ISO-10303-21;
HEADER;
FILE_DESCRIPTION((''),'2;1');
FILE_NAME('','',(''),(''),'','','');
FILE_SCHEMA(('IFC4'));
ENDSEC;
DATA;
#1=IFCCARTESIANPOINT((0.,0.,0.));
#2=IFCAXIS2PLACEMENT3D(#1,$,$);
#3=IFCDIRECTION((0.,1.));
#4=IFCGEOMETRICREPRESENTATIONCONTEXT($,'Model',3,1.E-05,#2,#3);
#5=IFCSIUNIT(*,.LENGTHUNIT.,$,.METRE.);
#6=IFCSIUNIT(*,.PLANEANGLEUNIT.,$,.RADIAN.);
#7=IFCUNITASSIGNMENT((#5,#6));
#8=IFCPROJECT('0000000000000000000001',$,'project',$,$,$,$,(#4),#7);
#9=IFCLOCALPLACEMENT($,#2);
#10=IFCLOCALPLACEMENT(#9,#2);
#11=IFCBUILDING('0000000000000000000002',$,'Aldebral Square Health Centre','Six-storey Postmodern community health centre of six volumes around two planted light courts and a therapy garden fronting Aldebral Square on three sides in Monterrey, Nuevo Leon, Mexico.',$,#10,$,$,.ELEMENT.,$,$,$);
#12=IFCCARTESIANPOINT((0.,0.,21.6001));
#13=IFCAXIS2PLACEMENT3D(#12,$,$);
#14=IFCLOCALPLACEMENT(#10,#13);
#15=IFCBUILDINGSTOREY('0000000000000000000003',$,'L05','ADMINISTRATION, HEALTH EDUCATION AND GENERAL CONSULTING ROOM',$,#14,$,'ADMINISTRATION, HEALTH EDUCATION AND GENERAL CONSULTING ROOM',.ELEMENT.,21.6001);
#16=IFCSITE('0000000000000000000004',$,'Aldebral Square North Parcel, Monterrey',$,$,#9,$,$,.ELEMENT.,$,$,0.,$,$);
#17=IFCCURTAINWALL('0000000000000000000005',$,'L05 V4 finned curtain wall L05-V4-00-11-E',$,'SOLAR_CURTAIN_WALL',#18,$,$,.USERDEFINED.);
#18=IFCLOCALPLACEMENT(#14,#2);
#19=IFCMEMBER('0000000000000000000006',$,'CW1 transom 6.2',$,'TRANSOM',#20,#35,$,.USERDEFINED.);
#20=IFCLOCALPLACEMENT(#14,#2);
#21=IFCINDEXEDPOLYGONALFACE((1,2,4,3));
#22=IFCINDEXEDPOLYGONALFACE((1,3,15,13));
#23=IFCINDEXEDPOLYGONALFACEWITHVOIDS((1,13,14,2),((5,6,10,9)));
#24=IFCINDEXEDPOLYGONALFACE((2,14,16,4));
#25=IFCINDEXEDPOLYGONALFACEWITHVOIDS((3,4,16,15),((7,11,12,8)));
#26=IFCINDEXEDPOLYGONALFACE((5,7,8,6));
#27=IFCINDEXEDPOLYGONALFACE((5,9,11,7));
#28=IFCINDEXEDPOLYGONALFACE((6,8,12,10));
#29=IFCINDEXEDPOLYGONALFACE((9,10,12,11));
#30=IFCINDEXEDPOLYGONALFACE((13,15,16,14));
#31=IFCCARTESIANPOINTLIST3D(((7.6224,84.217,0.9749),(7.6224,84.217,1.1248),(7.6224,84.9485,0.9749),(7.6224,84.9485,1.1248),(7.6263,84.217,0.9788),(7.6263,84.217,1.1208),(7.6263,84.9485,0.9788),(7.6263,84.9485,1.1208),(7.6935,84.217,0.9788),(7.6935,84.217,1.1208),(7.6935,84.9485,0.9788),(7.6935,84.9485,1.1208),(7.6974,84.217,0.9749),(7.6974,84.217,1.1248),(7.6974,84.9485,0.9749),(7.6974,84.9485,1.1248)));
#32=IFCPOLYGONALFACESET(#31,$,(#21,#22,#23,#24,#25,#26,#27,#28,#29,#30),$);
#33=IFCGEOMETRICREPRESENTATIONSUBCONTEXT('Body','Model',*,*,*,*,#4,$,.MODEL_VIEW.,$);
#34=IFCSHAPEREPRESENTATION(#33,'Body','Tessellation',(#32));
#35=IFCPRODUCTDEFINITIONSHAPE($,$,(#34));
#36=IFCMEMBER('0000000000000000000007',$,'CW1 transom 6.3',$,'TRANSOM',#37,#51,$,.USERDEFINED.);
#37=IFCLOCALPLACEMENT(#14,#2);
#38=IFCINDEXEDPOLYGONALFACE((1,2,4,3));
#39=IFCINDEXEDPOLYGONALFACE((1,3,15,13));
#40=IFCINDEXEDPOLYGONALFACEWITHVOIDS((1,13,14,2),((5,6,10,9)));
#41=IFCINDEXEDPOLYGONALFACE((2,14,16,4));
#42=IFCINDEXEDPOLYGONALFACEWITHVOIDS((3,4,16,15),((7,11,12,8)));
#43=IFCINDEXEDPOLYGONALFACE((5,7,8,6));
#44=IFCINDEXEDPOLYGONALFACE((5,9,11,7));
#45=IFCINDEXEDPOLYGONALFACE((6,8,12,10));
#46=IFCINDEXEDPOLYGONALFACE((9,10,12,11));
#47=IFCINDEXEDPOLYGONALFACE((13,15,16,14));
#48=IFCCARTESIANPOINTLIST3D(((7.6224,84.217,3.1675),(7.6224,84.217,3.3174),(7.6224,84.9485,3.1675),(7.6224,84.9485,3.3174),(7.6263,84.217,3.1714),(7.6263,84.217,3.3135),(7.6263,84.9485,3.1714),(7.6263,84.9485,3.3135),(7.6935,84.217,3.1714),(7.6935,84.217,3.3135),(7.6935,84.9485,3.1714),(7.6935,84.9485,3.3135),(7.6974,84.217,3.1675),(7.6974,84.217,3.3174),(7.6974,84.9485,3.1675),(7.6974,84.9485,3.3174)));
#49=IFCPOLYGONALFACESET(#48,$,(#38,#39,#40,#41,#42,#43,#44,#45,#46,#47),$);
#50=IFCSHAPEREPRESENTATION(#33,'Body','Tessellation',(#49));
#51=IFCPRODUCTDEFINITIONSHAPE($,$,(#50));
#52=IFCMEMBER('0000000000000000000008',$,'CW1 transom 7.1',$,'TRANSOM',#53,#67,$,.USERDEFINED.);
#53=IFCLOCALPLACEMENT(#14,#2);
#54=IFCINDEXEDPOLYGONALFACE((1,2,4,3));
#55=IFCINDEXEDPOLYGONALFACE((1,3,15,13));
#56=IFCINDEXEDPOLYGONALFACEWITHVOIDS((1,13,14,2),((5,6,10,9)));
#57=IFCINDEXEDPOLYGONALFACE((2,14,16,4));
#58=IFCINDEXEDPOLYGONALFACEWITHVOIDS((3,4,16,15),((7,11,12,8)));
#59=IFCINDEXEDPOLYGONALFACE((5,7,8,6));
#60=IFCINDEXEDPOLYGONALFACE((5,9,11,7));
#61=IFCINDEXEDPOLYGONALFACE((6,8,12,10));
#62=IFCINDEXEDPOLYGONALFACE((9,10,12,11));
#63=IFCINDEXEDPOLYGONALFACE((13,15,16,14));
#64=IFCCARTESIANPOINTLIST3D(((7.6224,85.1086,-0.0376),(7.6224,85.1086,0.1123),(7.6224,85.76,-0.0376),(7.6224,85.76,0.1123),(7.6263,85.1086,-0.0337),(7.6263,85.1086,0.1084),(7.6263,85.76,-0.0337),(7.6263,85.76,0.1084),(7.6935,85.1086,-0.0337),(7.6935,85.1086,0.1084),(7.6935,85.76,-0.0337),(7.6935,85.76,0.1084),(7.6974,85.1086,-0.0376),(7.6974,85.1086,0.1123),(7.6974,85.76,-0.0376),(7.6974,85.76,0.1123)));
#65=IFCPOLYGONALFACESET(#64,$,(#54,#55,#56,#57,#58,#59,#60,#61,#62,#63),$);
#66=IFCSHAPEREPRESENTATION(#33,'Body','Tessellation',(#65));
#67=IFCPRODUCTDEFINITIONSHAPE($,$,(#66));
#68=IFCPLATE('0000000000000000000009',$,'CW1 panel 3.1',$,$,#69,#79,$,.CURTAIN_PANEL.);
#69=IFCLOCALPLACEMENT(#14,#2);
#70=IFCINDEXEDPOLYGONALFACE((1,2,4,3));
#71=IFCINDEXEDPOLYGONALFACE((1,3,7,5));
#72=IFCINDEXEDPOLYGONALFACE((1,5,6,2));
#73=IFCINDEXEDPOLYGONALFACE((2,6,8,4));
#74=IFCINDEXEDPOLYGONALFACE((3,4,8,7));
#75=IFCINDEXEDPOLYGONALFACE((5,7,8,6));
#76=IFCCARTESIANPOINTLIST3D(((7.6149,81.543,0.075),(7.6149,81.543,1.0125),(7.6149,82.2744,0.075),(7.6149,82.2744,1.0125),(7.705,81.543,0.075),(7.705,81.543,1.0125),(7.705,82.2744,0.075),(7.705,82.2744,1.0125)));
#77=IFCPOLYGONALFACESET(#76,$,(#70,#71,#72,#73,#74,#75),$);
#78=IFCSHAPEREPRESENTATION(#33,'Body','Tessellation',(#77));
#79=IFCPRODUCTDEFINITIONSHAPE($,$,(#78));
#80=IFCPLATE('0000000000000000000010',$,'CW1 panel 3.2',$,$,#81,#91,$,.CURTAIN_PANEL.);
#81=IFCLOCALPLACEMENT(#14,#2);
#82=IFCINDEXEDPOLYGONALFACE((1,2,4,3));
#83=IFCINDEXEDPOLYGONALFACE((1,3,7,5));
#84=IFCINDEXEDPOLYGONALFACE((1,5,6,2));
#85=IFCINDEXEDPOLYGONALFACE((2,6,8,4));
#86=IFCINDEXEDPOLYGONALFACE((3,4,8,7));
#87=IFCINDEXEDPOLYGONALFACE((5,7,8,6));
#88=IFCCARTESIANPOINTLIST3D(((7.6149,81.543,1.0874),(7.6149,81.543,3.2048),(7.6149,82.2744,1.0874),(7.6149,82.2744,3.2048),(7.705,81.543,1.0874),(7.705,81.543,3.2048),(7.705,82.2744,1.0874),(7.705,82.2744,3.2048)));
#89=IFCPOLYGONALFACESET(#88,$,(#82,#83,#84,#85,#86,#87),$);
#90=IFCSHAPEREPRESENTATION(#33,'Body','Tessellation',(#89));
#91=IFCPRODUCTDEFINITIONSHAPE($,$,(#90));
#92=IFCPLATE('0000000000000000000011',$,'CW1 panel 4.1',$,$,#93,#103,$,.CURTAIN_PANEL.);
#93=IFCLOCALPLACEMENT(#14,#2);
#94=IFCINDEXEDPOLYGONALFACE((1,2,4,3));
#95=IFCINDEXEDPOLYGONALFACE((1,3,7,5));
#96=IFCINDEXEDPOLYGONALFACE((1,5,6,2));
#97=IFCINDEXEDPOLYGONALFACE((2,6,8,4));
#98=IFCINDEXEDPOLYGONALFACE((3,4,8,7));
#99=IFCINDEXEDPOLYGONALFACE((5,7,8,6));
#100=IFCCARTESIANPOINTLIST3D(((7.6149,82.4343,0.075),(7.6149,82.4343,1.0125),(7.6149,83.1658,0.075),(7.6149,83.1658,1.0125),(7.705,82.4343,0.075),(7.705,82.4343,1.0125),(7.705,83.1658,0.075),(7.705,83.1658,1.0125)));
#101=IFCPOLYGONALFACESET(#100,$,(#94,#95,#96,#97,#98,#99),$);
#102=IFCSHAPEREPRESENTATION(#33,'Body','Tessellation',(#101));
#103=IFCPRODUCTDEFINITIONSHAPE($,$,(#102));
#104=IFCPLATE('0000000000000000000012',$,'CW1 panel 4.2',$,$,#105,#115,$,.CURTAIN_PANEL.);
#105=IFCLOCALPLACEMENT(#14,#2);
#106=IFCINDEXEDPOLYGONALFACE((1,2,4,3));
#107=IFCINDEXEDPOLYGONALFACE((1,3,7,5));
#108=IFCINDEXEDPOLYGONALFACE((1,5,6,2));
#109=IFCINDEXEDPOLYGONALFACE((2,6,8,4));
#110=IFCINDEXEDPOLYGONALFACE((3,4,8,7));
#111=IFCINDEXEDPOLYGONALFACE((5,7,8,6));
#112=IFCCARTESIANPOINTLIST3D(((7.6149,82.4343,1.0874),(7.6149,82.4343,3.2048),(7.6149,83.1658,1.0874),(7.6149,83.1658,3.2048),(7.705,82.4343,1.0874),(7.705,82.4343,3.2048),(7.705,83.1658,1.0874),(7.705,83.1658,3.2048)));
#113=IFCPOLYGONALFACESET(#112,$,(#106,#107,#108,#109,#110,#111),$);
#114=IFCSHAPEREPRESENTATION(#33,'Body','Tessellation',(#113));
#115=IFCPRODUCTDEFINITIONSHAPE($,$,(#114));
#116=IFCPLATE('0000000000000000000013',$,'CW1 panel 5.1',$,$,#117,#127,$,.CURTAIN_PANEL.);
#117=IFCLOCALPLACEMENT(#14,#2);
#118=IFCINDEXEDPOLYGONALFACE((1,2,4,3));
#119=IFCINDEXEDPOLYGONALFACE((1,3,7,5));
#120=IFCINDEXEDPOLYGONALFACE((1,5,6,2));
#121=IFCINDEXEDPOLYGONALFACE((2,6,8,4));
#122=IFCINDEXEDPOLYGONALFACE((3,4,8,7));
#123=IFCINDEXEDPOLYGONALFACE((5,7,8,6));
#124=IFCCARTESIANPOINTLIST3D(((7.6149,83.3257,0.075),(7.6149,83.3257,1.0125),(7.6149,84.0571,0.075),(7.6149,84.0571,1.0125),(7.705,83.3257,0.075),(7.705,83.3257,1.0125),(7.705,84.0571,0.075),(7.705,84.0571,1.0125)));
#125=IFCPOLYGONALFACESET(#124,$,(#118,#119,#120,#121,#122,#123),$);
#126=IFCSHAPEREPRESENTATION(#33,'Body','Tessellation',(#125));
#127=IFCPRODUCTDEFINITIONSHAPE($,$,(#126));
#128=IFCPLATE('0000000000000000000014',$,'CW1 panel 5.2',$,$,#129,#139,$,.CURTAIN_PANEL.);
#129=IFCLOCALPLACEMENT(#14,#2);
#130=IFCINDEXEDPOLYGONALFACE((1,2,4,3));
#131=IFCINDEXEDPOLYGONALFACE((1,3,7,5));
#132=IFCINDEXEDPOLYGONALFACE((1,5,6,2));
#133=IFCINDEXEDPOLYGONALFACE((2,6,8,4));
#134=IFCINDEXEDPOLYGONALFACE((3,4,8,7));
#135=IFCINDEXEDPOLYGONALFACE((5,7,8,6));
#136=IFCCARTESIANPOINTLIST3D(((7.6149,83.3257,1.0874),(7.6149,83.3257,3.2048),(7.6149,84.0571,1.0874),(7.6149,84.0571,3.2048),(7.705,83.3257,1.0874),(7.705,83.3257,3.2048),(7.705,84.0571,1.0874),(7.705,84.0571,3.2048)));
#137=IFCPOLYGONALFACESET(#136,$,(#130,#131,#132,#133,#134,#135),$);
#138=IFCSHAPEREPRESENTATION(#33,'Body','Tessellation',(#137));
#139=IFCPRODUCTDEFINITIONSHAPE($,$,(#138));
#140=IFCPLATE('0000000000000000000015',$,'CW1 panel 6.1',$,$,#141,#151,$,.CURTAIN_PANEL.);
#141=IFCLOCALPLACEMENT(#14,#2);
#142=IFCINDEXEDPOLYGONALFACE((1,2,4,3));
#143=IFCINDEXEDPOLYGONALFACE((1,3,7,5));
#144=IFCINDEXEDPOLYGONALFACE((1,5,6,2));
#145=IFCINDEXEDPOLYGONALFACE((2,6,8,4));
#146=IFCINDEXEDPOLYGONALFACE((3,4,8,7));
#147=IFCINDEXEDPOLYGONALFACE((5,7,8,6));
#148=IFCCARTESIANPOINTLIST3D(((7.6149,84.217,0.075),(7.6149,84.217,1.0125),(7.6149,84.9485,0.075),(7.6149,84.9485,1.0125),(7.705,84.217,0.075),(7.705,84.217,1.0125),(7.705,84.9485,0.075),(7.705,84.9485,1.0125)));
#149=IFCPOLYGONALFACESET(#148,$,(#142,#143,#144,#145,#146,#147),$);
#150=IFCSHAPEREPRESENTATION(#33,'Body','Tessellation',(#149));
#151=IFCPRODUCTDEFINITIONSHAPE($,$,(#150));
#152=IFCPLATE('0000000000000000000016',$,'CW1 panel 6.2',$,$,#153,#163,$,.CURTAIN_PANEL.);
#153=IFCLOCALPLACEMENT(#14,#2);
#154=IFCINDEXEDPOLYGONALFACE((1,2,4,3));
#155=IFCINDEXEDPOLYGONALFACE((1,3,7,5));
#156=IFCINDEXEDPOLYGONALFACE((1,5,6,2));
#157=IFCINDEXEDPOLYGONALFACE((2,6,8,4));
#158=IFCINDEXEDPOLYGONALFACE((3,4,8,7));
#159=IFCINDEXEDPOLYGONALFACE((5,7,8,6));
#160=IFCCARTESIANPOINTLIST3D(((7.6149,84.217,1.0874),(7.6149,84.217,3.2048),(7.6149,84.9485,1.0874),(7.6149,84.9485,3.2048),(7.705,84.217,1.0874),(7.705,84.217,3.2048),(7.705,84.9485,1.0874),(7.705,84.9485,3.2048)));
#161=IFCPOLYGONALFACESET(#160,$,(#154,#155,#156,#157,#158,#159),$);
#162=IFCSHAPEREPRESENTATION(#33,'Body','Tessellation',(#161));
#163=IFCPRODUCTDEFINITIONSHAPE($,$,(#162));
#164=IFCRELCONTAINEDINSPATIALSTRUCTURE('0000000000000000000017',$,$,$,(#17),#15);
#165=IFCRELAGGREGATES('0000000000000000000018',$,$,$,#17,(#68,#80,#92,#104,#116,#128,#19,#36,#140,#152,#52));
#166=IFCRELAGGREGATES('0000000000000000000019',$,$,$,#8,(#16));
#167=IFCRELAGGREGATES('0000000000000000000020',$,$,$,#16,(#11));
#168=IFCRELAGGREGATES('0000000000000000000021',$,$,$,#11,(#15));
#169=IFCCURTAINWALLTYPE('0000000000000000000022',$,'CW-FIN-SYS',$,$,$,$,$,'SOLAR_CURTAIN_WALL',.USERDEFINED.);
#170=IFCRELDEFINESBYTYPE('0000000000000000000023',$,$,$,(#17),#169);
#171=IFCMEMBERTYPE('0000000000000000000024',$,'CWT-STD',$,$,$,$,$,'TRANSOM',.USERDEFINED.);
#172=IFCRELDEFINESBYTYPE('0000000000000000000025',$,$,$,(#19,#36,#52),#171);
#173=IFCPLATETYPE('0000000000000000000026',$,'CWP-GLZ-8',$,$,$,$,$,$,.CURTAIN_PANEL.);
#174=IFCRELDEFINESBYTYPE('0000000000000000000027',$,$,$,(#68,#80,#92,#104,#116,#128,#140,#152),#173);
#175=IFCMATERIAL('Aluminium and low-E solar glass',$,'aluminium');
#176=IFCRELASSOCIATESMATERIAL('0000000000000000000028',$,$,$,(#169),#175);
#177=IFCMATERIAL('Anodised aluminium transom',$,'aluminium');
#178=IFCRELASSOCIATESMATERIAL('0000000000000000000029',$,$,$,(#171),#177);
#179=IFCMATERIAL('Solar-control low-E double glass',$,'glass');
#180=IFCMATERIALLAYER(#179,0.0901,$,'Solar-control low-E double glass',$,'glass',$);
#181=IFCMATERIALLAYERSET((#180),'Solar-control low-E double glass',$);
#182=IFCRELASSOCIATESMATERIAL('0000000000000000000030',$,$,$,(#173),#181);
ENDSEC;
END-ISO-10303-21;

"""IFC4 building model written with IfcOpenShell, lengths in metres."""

from ifc_helpers import new_model, si_unit, direction, frame, origin, origin_2d, place, context, subcontext, project, spatial, rectangle, hollow_rectangle, extrude, material, layer, layer_set, material_profile, profile_set, type_object, element, aggregate, save


model = new_model("IFC4")

# Units and contexts
model_context = context("Model", 3, precision=1e-05, world=origin(), true_north=direction((0.0, 1.0)))
body_context = subcontext(model_context, "Body", "Model", "MODEL_VIEW")
ifc_project = project(units=[si_unit("LENGTHUNIT", "METRE"), si_unit("PLANEANGLEUNIT", "RADIAN")], contexts=[model_context])

# Site, building, storey
site_placement = place(None, origin())
site = spatial("IfcSite", under=ifc_project, at=site_placement, Name="Aldebral Square North Parcel, Monterrey", CompositionType="ELEMENT", RefElevation=0.0)
building_placement = place(site_placement, origin())
building = spatial("IfcBuilding", under=site, at=building_placement, Name="Aldebral Square Health Centre", Description="Six-storey Postmodern community health centre of six volumes around two planted light courts and a therapy garden fronting Aldebral Square on three sides in Monterrey, Nuevo Leon, Mexico.", CompositionType="ELEMENT")
storey_placement = place(building_placement, frame((0.0, 0.0, 21.6001)))
storey = spatial("IfcBuildingStorey", under=building, at=storey_placement, Name="L05", Description="ADMINISTRATION, HEALTH EDUCATION AND GENERAL CONSULTING ROOM", LongName="ADMINISTRATION, HEALTH EDUCATION AND GENERAL CONSULTING ROOM", CompositionType="ELEMENT", Elevation=21.6001)

# Curtain wall, members, plates
ifc_material_1 = material(Name="Aluminium and low-E solar glass", Category="aluminium")
curtain_wall_type = type_object("IfcCurtainWallType", Name="CW-FIN-SYS", ElementType="SOLAR_CURTAIN_WALL", PredefinedType="USERDEFINED", material=ifc_material_1)
curtain_wall_placement = place(storey_placement, origin())
curtain_wall = element("IfcCurtainWall", 1, at=curtain_wall_placement, inside=storey, type_object=curtain_wall_type, Name="L05 V4 finned curtain wall L05-V4-00-11-E", ObjectType="SOLAR_CURTAIN_WALL", PredefinedType="USERDEFINED")
ifc_material_2 = material(Name="Anodised aluminium transom", Category="aluminium")
ifc_material_profile_1 = material_profile(ifc_material_2, hollow_rectangle(XDim=0.075, YDim=0.1499, WallThickness=0.0039, at=origin_2d()), Name="CWT 75x150x4")
ifc_profile_set_1 = profile_set([ifc_material_profile_1], Name="Anodised aluminium transom")
member_type_1 = type_object("IfcMemberType", Name="CWT-STD", ElementType="TRANSOM", PredefinedType="USERDEFINED", material=ifc_profile_set_1)
member_1_placement = place(storey_placement, frame((7.6599, 84.217, 1.0498), z_axis=(0.0, 1.0, 0.0), x_axis=(-1.0, 0.0, 0.0)))
member_1 = element("IfcMember", 2, at=member_1_placement, type_object=member_type_1, Name="CW1 transom 6.2", ObjectType="TRANSOM", PredefinedType="USERDEFINED", context=body_context, shape_type="SweptSolid", body=[
    extrude(hollow_rectangle(XDim=0.075, YDim=0.1499, WallThickness=0.0039, at=origin_2d()), origin(), (0.0, 0.0, 1.0), 0.7314),
])
member_2_placement = place(storey_placement, frame((7.6599, 84.217, 3.2424), z_axis=(0.0, 1.0, 0.0), x_axis=(-1.0, 0.0, 0.0)))
member_2 = element("IfcMember", 3, at=member_2_placement, type_object=member_type_1, Name="CW1 transom 6.3", ObjectType="TRANSOM", PredefinedType="USERDEFINED", context=body_context, shape_type="SweptSolid", body=[
    extrude(hollow_rectangle(XDim=0.075, YDim=0.1499, WallThickness=0.0039, at=origin_2d()), origin(), (0.0, 0.0, 1.0), 0.7314),
])
member_3_placement = place(storey_placement, frame((7.6599, 85.1086, 0.0374), z_axis=(0.0, 1.0, 0.0), x_axis=(-1.0, 0.0, 0.0)))
member_3 = element("IfcMember", 4, at=member_3_placement, type_object=member_type_1, Name="CW1 transom 7.1", ObjectType="TRANSOM", PredefinedType="USERDEFINED", context=body_context, shape_type="SweptSolid", body=[
    extrude(hollow_rectangle(XDim=0.075, YDim=0.1499, WallThickness=0.0039, at=origin_2d()), origin(), (0.0, 0.0, 1.0), 0.6514),
])
ifc_material_3 = material(Name="Solar-control low-E double glass", Category="glass")
ifc_layer = layer(ifc_material_3, 0.0901, Name="Solar-control low-E double glass", Category="glass")
ifc_layer_set = layer_set([ifc_layer], Name="Solar-control low-E double glass")
plate_type = type_object("IfcPlateType", Name="CWP-GLZ-8", PredefinedType="CURTAIN_PANEL", material=ifc_layer_set)
plate_1_placement = place(storey_placement, frame((7.6599, 81.9087, 0.075), z_axis=(0.0, 0.0, 1.0), x_axis=(0.0, 1.0, 0.0)))
plate_1 = element("IfcPlate", 5, at=plate_1_placement, type_object=plate_type, Name="CW1 panel 3.1", PredefinedType="CURTAIN_PANEL", context=body_context, shape_type="SweptSolid", body=[
    extrude(rectangle(XDim=0.7314, YDim=0.0901, at=origin_2d()), origin(), (0.0, 0.0, 1.0), 0.9375),
])
plate_2_placement = place(storey_placement, frame((7.6599, 81.9087, 1.0874), z_axis=(0.0, 0.0, 1.0), x_axis=(0.0, 1.0, 0.0)))
plate_2 = element("IfcPlate", 6, at=plate_2_placement, type_object=plate_type, Name="CW1 panel 3.2", PredefinedType="CURTAIN_PANEL", context=body_context, shape_type="SweptSolid", body=[
    extrude(rectangle(XDim=0.7314, YDim=0.0901, at=origin_2d()), origin(), (0.0, 0.0, 1.0), 2.1174),
])
plate_3_placement = place(storey_placement, frame((7.6599, 82.8, 0.075), z_axis=(0.0, 0.0, 1.0), x_axis=(0.0, 1.0, 0.0)))
plate_3 = element("IfcPlate", 7, at=plate_3_placement, type_object=plate_type, Name="CW1 panel 4.1", PredefinedType="CURTAIN_PANEL", context=body_context, shape_type="SweptSolid", body=[
    extrude(rectangle(XDim=0.7314, YDim=0.0901, at=origin_2d()), origin(), (0.0, 0.0, 1.0), 0.9375),
])
plate_4_placement = place(storey_placement, frame((7.6599, 82.8, 1.0874), z_axis=(0.0, 0.0, 1.0), x_axis=(0.0, 1.0, 0.0)))
plate_4 = element("IfcPlate", 8, at=plate_4_placement, type_object=plate_type, Name="CW1 panel 4.2", PredefinedType="CURTAIN_PANEL", context=body_context, shape_type="SweptSolid", body=[
    extrude(rectangle(XDim=0.7314, YDim=0.0901, at=origin_2d()), origin(), (0.0, 0.0, 1.0), 2.1174),
])
plate_5_placement = place(storey_placement, frame((7.6599, 83.6914, 0.075), z_axis=(0.0, 0.0, 1.0), x_axis=(0.0, 1.0, 0.0)))
plate_5 = element("IfcPlate", 9, at=plate_5_placement, type_object=plate_type, Name="CW1 panel 5.1", PredefinedType="CURTAIN_PANEL", context=body_context, shape_type="SweptSolid", body=[
    extrude(rectangle(XDim=0.7314, YDim=0.0901, at=origin_2d()), origin(), (0.0, 0.0, 1.0), 0.9375),
])
plate_6_placement = place(storey_placement, frame((7.6599, 83.6914, 1.0874), z_axis=(0.0, 0.0, 1.0), x_axis=(0.0, 1.0, 0.0)))
plate_6 = element("IfcPlate", 10, at=plate_6_placement, type_object=plate_type, Name="CW1 panel 5.2", PredefinedType="CURTAIN_PANEL", context=body_context, shape_type="SweptSolid", body=[
    extrude(rectangle(XDim=0.7314, YDim=0.0901, at=origin_2d()), origin(), (0.0, 0.0, 1.0), 2.1174),
])
plate_7_placement = place(storey_placement, frame((7.6599, 84.5828, 0.075), z_axis=(0.0, 0.0, 1.0), x_axis=(0.0, 1.0, 0.0)))
plate_7 = element("IfcPlate", 11, at=plate_7_placement, type_object=plate_type, Name="CW1 panel 6.1", PredefinedType="CURTAIN_PANEL", context=body_context, shape_type="SweptSolid", body=[
    extrude(rectangle(XDim=0.7314, YDim=0.0901, at=origin_2d()), origin(), (0.0, 0.0, 1.0), 0.9375),
])
plate_8_placement = place(storey_placement, frame((7.6599, 84.5828, 1.0874), z_axis=(0.0, 0.0, 1.0), x_axis=(0.0, 1.0, 0.0)))
plate_8 = element("IfcPlate", 12, at=plate_8_placement, type_object=plate_type, Name="CW1 panel 6.2", PredefinedType="CURTAIN_PANEL", context=body_context, shape_type="SweptSolid", body=[
    extrude(rectangle(XDim=0.7314, YDim=0.0901, at=origin_2d()), origin(), (0.0, 0.0, 1.0), 2.1174),
])
aggregate(curtain_wall, [plate_1, plate_2, plate_3, plate_4, plate_5, plate_6, member_1, member_2, plate_7, plate_8, member_3])

save(model, "model.ifc")
